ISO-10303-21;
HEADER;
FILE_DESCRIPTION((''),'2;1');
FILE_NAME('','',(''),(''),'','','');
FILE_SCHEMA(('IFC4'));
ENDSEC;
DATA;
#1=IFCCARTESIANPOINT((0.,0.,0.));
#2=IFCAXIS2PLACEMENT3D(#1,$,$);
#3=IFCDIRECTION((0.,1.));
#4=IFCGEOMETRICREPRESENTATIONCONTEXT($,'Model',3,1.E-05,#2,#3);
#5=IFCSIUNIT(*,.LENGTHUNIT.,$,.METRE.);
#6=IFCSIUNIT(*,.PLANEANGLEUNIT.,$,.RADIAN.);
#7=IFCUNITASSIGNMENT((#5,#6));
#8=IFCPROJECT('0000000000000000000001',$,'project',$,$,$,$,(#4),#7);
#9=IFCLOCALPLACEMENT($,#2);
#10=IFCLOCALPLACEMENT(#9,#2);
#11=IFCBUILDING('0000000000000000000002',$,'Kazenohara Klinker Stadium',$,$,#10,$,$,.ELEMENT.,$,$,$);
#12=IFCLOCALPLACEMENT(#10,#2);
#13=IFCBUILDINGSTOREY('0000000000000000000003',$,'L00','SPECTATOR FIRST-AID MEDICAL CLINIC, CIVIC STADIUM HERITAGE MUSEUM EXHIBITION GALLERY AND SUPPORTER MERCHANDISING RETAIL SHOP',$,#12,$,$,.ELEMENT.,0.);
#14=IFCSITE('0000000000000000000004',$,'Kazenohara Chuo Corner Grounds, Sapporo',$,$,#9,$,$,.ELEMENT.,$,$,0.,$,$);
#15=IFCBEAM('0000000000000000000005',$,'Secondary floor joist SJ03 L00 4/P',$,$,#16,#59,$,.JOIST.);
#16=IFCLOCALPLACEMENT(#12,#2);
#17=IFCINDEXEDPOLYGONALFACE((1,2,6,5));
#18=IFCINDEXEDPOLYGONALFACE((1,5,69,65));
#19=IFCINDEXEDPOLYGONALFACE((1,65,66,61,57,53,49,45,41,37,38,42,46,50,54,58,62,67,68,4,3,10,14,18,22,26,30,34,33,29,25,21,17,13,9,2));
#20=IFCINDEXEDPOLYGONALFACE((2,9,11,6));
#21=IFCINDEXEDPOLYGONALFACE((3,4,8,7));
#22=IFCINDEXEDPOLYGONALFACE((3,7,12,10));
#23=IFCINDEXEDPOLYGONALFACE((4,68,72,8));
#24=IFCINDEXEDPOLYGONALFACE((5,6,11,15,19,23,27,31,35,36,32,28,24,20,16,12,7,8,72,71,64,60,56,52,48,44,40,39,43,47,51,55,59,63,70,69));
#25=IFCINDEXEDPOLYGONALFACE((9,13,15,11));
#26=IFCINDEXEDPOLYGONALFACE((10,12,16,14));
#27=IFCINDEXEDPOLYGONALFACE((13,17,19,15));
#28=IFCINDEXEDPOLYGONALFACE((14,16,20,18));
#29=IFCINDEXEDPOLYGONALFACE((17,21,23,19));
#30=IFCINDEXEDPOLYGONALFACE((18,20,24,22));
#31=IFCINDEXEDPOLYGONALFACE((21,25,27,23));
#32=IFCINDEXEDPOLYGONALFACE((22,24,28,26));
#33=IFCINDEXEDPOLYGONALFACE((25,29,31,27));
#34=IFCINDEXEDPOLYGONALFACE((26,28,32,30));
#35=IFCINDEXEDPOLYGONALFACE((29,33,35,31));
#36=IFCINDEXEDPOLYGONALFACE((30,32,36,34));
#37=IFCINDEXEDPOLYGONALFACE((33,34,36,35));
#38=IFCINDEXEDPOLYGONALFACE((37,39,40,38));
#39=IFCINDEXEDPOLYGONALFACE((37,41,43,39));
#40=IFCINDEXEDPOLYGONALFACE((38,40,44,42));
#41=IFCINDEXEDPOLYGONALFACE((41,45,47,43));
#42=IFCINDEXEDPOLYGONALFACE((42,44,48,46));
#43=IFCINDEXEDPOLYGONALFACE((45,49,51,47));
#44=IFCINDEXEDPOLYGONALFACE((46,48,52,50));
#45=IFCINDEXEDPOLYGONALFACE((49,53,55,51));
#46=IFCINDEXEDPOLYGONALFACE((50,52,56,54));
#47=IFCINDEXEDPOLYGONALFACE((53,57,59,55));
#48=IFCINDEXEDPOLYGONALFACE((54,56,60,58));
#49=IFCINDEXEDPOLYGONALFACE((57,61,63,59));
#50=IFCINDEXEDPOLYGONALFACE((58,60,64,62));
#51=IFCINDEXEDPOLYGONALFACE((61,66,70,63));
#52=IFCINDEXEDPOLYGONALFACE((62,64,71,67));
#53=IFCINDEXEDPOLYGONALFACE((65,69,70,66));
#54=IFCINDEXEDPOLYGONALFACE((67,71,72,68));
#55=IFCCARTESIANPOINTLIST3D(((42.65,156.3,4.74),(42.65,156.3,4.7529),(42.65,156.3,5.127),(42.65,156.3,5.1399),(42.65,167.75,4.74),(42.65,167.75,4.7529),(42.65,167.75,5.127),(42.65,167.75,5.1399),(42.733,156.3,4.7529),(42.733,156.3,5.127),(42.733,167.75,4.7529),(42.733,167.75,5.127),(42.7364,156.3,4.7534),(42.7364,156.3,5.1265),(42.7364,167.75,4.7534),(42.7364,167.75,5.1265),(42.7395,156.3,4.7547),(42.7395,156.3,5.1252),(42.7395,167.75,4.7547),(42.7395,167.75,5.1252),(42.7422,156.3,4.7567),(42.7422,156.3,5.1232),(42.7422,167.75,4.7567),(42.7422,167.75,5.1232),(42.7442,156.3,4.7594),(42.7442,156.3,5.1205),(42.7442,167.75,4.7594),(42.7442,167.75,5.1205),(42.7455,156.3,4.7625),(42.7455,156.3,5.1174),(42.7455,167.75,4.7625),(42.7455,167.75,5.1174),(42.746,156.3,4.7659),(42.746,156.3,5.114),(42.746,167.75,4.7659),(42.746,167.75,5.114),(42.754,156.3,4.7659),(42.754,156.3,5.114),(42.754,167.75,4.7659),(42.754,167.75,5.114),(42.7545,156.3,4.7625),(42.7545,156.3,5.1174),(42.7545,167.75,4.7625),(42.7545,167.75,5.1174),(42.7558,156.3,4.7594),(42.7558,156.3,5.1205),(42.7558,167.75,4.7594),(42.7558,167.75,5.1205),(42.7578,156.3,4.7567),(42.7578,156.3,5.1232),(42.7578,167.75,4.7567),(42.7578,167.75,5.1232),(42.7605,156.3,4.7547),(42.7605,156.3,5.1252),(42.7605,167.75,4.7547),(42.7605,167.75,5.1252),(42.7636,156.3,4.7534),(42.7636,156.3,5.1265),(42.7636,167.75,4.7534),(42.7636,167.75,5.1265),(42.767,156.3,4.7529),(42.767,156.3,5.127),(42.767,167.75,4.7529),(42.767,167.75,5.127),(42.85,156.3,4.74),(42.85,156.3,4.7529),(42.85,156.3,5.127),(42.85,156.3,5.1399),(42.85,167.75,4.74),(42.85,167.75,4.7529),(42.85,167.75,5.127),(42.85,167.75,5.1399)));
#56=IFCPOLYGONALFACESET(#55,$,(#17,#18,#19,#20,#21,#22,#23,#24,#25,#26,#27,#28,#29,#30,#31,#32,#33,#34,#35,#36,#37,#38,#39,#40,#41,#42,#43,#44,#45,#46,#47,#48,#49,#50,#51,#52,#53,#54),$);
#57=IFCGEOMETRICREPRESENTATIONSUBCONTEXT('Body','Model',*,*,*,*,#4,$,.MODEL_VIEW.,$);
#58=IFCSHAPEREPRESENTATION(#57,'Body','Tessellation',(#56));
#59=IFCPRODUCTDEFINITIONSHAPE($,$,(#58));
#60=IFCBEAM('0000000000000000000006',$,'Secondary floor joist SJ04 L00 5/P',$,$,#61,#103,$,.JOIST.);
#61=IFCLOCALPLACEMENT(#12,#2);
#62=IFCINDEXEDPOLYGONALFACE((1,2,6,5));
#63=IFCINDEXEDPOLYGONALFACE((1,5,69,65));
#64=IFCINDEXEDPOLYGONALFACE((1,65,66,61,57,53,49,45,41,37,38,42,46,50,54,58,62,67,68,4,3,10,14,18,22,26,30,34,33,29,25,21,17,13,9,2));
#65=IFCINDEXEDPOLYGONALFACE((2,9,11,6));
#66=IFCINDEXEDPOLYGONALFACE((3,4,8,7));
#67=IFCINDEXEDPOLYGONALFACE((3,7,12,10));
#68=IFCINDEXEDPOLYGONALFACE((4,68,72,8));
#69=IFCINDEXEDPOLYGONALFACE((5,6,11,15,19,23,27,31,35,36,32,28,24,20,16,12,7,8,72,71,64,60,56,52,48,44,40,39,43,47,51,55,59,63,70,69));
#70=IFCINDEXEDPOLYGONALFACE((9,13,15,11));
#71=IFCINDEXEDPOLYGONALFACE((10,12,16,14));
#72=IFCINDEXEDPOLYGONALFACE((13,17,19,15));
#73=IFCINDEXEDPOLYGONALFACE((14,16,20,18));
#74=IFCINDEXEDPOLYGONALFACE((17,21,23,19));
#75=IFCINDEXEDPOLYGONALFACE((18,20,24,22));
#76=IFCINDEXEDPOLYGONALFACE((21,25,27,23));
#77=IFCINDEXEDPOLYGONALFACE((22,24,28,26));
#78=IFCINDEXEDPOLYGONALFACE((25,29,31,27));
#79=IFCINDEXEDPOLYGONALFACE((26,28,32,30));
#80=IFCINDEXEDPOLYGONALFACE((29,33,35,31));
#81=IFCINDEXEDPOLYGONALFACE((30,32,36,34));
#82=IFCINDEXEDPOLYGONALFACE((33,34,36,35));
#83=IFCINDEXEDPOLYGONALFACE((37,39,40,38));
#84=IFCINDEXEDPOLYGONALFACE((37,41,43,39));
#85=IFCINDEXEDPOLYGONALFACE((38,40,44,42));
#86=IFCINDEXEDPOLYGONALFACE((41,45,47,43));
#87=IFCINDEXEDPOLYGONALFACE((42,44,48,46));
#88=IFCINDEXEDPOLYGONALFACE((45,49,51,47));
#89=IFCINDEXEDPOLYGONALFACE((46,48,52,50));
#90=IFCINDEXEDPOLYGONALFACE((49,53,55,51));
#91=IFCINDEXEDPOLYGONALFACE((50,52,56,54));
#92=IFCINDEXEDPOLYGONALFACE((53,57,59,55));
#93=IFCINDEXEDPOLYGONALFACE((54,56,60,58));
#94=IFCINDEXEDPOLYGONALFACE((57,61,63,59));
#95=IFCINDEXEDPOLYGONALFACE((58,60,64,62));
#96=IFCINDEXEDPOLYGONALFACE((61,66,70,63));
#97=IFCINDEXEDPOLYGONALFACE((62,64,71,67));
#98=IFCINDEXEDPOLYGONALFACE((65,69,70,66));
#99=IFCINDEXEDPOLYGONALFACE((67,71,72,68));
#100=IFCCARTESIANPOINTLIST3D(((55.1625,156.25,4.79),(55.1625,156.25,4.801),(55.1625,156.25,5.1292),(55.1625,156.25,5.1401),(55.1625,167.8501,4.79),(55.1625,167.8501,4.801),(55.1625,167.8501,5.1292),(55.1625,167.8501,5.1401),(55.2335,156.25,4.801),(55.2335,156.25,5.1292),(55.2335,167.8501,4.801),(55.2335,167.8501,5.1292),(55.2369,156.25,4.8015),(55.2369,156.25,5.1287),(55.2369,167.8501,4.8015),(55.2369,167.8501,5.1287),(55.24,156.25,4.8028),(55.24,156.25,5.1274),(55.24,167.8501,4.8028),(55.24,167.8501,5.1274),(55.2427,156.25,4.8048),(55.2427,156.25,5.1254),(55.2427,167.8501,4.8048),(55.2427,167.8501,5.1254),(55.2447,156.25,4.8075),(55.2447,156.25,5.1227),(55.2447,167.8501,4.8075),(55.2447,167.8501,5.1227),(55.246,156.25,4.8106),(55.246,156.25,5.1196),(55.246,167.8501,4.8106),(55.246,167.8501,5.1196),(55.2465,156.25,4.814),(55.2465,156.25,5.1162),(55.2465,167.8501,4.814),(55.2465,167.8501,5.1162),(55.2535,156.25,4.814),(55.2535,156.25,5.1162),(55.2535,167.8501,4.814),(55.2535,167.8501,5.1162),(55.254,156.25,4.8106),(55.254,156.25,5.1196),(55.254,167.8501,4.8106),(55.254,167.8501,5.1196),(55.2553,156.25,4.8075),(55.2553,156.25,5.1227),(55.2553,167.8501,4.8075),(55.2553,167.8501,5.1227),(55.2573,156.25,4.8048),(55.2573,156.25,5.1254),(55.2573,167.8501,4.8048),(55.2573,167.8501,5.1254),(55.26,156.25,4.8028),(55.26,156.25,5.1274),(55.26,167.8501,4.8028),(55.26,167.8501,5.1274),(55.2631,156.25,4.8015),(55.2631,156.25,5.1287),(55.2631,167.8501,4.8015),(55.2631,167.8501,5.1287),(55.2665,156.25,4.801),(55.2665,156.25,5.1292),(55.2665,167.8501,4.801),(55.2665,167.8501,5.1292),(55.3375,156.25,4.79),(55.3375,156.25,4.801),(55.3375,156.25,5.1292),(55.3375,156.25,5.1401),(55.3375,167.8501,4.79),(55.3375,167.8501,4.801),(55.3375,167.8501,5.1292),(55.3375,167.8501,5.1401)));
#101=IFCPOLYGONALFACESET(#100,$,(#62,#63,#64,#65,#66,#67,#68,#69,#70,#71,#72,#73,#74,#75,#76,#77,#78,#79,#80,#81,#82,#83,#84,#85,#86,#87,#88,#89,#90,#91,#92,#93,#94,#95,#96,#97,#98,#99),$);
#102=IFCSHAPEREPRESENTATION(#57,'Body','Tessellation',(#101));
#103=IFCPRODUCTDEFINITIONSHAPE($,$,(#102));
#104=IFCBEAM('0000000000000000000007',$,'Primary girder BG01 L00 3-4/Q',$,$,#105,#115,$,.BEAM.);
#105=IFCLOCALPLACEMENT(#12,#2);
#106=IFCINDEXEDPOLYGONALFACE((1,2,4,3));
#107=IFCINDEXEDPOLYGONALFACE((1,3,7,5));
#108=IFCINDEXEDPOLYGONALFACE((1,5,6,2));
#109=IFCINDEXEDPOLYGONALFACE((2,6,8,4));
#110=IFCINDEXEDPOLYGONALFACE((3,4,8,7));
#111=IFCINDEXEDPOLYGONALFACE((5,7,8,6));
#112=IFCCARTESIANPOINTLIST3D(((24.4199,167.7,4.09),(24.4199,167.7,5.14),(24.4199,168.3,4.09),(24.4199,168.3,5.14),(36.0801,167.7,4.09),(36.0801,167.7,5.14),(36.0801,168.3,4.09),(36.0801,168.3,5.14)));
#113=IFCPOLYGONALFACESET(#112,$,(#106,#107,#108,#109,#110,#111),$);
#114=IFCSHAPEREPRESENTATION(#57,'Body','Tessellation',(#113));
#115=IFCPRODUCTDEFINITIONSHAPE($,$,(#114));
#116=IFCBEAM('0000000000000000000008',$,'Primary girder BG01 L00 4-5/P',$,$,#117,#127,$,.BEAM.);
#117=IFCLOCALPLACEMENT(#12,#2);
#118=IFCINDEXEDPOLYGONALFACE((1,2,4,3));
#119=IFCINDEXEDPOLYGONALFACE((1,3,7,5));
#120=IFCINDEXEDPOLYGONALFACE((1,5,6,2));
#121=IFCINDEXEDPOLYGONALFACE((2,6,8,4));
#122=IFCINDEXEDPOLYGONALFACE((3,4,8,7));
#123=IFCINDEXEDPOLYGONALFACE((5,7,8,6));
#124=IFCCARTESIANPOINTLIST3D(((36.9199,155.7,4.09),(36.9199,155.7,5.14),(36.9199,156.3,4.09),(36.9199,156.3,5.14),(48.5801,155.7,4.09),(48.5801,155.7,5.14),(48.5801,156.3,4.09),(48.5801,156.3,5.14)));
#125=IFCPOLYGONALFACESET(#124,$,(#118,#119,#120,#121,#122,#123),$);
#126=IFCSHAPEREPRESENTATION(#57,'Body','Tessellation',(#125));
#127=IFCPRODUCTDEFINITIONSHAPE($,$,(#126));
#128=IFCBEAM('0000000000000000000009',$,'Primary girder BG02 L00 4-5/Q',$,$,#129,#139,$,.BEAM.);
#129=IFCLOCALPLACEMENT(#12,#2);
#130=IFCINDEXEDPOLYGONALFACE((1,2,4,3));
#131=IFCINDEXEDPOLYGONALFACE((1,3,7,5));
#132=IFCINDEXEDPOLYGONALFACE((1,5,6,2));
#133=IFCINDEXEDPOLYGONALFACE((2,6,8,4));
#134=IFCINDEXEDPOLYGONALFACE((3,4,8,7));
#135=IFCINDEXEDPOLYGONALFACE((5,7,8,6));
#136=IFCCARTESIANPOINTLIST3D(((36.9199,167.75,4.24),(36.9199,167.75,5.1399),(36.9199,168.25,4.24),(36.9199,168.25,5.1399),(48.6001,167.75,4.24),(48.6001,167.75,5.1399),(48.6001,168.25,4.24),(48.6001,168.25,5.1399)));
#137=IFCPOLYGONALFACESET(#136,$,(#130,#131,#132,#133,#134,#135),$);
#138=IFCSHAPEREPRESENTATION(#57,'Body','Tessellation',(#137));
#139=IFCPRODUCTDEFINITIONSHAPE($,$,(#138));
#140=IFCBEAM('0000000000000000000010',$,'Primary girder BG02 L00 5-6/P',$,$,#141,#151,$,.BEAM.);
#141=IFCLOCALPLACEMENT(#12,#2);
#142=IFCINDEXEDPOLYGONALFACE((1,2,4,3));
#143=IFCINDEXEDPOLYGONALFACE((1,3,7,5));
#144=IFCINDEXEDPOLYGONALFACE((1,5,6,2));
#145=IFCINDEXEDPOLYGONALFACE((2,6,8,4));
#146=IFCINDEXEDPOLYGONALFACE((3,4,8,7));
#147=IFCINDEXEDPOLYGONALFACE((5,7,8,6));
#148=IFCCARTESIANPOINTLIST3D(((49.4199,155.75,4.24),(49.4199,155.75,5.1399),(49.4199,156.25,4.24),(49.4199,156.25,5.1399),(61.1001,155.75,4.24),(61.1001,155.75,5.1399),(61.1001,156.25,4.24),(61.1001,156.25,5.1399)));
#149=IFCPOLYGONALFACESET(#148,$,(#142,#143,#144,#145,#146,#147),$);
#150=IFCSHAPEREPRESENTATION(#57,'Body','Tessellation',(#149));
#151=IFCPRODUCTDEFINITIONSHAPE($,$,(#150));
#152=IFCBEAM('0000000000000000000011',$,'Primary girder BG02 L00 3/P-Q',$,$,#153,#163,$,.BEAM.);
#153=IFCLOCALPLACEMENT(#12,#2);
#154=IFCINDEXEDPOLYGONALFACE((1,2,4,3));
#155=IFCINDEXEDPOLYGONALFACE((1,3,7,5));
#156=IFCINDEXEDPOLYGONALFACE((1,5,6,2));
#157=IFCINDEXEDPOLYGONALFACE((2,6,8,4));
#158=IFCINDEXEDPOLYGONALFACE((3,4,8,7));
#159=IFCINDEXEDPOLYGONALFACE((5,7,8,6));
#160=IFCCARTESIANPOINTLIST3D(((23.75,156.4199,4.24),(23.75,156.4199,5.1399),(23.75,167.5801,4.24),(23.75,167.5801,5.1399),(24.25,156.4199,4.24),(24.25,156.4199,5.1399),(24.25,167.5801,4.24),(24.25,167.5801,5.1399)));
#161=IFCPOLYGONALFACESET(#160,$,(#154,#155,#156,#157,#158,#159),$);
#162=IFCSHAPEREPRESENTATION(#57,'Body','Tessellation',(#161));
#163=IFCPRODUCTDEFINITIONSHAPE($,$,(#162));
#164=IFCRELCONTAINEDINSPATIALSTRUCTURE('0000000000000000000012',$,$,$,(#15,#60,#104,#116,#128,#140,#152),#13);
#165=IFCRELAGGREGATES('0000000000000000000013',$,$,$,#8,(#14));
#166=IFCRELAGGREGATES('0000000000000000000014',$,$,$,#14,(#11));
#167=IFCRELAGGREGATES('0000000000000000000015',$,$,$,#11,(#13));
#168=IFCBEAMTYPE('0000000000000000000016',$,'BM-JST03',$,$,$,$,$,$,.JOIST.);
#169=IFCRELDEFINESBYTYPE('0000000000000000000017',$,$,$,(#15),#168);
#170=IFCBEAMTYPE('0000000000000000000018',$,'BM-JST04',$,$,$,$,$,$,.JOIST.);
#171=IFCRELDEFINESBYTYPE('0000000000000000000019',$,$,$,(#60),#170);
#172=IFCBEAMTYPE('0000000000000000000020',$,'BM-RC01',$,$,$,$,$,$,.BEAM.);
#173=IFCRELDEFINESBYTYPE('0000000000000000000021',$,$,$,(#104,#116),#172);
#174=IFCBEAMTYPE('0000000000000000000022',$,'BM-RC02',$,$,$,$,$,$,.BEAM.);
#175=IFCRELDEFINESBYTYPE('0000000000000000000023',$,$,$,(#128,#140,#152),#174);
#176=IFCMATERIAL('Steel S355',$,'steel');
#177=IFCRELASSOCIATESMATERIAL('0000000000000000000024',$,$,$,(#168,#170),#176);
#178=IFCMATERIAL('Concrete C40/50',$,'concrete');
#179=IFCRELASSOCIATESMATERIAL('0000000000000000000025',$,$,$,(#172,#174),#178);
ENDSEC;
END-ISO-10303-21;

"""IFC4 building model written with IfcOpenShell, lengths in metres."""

from ifc_helpers import new_model, si_unit, direction, frame, origin, origin_2d, place, context, subcontext, project, spatial, rectangle, i_section, extrude, material, material_profile, profile_set, type_object, element, save


model = new_model("IFC4")

# Units and contexts
model_context = context("Model", 3, precision=1e-05, world=origin(), true_north=direction((0.0, 1.0)))
body_context = subcontext(model_context, "Body", "Model", "MODEL_VIEW")
ifc_project = project(units=[si_unit("LENGTHUNIT", "METRE"), si_unit("PLANEANGLEUNIT", "RADIAN")], contexts=[model_context])

# Site, building, storey
site_placement = place(None, origin())
site = spatial("IfcSite", under=ifc_project, at=site_placement, Name="Kazenohara Chuo Corner Grounds, Sapporo", CompositionType="ELEMENT", RefElevation=0.0)
building_placement = place(site_placement, origin())
building = spatial("IfcBuilding", under=site, at=building_placement, Name="Kazenohara Klinker Stadium", CompositionType="ELEMENT")
storey_placement = place(building_placement, origin())
storey = spatial("IfcBuildingStorey", under=building, at=storey_placement, Name="L00", Description="SPECTATOR FIRST-AID MEDICAL CLINIC, CIVIC STADIUM HERITAGE MUSEUM EXHIBITION GALLERY AND SUPPORTER MERCHANDISING RETAIL SHOP", CompositionType="ELEMENT", Elevation=0.0)

# Shared definitions
ifc_material_1 = material(Name="Concrete C40/50", Category="concrete")

# Beams
ifc_material_2 = material(Name="Steel S355", Category="steel")
ifc_material_profile_1 = material_profile(ifc_material_2, i_section(OverallWidth=0.2, OverallDepth=0.3999, WebThickness=0.0081, FlangeThickness=0.0129, FilletRadius=0.0129, at=origin_2d()), Name="H-400x200x8x13")
ifc_profile_set_1 = profile_set([ifc_material_profile_1], Name="Steel S355")
beam_type_1 = type_object("IfcBeamType", Name="BM-JST03", PredefinedType="JOIST", material=ifc_profile_set_1)
beam_1_placement = place(storey_placement, frame((42.75, 156.3, 4.9399), z_axis=(0.0, 1.0, 0.0), x_axis=(-1.0, 0.0, 0.0)))
element("IfcBeam", 1, at=beam_1_placement, inside=storey, type_object=beam_type_1, Name="Secondary floor joist SJ03 L00 4/P", PredefinedType="JOIST", context=body_context, shape_type="SweptSolid", body=[
    extrude(i_section(OverallWidth=0.2, OverallDepth=0.3999, WebThickness=0.0081, FlangeThickness=0.0129, FilletRadius=0.0129, at=origin_2d()), origin(), (0.0, 0.0, 1.0), 11.45),
])
ifc_material_profile_2 = material_profile(ifc_material_2, i_section(OverallWidth=0.175, OverallDepth=0.3501, WebThickness=0.0071, FlangeThickness=0.011, FilletRadius=0.0129, at=origin_2d()), Name="H-350x175x7x11")
ifc_profile_set_2 = profile_set([ifc_material_profile_2], Name="Steel S355")
beam_type_2 = type_object("IfcBeamType", Name="BM-JST04", PredefinedType="JOIST", material=ifc_profile_set_2)
beam_2_placement = place(storey_placement, frame((55.25, 156.25, 4.9651), z_axis=(0.0, 1.0, 0.0), x_axis=(-1.0, 0.0, 0.0)))
element("IfcBeam", 2, at=beam_2_placement, inside=storey, type_object=beam_type_2, Name="Secondary floor joist SJ04 L00 5/P", PredefinedType="JOIST", context=body_context, shape_type="SweptSolid", body=[
    extrude(i_section(OverallWidth=0.175, OverallDepth=0.3501, WebThickness=0.0071, FlangeThickness=0.011, FilletRadius=0.0129, at=origin_2d()), origin(), (0.0, 0.0, 1.0), 11.6001),
])
ifc_material_profile_3 = material_profile(ifc_material_1, rectangle(XDim=0.6001, YDim=1.05, at=origin_2d()), Name="RC-BM-600x1050")
ifc_profile_set_3 = profile_set([ifc_material_profile_3], Name="Concrete C40/50")
beam_type_3 = type_object("IfcBeamType", Name="BM-RC01", PredefinedType="BEAM", material=ifc_profile_set_3)
for number, where, z_axis, x_axis, name in (
    (3, (24.4199, 168.0, 4.615), (1.0, 0.0, 0.0), (0.0, 1.0, 0.0), "Primary girder BG01 L00 3-4/Q"),
    (4, (36.9199, 156.0, 4.615), (1.0, 0.0, 0.0), (0.0, 1.0, 0.0), "Primary girder BG01 L00 4-5/P"),
):
    element("IfcBeam", number, at=place(storey_placement, frame(where, z_axis=z_axis, x_axis=x_axis)), inside=storey, type_object=beam_type_3, Name=name, PredefinedType="BEAM", context=body_context, shape_type="SweptSolid", body=[
        extrude(rectangle(XDim=0.6001, YDim=1.05, at=origin_2d()), origin(), (0.0, 0.0, 1.0), 11.6602),
    ])
ifc_material_profile_4 = material_profile(ifc_material_1, rectangle(XDim=0.5, YDim=0.8999, at=origin_2d()), Name="RC-BM-500x900")
ifc_profile_set_4 = profile_set([ifc_material_profile_4], Name="Concrete C40/50")
beam_type_4 = type_object("IfcBeamType", Name="BM-RC02", PredefinedType="BEAM", material=ifc_profile_set_4)
for number, where, z_axis, x_axis, name in (
    (5, (36.9199, 168.0, 4.6899), (1.0, 0.0, 0.0), (0.0, 1.0, 0.0), "Primary girder BG02 L00 4-5/Q"),
    (6, (49.4199, 156.0, 4.6899), (1.0, 0.0, 0.0), (0.0, 1.0, 0.0), "Primary girder BG02 L00 5-6/P"),
):
    element("IfcBeam", number, at=place(storey_placement, frame(where, z_axis=z_axis, x_axis=x_axis)), inside=storey, type_object=beam_type_4, Name=name, PredefinedType="BEAM", context=body_context, shape_type="SweptSolid", body=[
        extrude(rectangle(XDim=0.5, YDim=0.8999, at=origin_2d()), origin(), (0.0, 0.0, 1.0), 11.6802),
    ])
beam_3_placement = place(storey_placement, frame((24.0, 156.4199, 4.6899), z_axis=(0.0, 1.0, 0.0), x_axis=(-1.0, 0.0, 0.0)))
element("IfcBeam", 7, at=beam_3_placement, inside=storey, type_object=beam_type_4, Name="Primary girder BG02 L00 3/P-Q", PredefinedType="BEAM", context=body_context, shape_type="SweptSolid", body=[
    extrude(rectangle(XDim=0.5, YDim=0.8999, at=origin_2d()), origin(), (0.0, 0.0, 1.0), 11.1602),
])

save(model, "model.ifc")
